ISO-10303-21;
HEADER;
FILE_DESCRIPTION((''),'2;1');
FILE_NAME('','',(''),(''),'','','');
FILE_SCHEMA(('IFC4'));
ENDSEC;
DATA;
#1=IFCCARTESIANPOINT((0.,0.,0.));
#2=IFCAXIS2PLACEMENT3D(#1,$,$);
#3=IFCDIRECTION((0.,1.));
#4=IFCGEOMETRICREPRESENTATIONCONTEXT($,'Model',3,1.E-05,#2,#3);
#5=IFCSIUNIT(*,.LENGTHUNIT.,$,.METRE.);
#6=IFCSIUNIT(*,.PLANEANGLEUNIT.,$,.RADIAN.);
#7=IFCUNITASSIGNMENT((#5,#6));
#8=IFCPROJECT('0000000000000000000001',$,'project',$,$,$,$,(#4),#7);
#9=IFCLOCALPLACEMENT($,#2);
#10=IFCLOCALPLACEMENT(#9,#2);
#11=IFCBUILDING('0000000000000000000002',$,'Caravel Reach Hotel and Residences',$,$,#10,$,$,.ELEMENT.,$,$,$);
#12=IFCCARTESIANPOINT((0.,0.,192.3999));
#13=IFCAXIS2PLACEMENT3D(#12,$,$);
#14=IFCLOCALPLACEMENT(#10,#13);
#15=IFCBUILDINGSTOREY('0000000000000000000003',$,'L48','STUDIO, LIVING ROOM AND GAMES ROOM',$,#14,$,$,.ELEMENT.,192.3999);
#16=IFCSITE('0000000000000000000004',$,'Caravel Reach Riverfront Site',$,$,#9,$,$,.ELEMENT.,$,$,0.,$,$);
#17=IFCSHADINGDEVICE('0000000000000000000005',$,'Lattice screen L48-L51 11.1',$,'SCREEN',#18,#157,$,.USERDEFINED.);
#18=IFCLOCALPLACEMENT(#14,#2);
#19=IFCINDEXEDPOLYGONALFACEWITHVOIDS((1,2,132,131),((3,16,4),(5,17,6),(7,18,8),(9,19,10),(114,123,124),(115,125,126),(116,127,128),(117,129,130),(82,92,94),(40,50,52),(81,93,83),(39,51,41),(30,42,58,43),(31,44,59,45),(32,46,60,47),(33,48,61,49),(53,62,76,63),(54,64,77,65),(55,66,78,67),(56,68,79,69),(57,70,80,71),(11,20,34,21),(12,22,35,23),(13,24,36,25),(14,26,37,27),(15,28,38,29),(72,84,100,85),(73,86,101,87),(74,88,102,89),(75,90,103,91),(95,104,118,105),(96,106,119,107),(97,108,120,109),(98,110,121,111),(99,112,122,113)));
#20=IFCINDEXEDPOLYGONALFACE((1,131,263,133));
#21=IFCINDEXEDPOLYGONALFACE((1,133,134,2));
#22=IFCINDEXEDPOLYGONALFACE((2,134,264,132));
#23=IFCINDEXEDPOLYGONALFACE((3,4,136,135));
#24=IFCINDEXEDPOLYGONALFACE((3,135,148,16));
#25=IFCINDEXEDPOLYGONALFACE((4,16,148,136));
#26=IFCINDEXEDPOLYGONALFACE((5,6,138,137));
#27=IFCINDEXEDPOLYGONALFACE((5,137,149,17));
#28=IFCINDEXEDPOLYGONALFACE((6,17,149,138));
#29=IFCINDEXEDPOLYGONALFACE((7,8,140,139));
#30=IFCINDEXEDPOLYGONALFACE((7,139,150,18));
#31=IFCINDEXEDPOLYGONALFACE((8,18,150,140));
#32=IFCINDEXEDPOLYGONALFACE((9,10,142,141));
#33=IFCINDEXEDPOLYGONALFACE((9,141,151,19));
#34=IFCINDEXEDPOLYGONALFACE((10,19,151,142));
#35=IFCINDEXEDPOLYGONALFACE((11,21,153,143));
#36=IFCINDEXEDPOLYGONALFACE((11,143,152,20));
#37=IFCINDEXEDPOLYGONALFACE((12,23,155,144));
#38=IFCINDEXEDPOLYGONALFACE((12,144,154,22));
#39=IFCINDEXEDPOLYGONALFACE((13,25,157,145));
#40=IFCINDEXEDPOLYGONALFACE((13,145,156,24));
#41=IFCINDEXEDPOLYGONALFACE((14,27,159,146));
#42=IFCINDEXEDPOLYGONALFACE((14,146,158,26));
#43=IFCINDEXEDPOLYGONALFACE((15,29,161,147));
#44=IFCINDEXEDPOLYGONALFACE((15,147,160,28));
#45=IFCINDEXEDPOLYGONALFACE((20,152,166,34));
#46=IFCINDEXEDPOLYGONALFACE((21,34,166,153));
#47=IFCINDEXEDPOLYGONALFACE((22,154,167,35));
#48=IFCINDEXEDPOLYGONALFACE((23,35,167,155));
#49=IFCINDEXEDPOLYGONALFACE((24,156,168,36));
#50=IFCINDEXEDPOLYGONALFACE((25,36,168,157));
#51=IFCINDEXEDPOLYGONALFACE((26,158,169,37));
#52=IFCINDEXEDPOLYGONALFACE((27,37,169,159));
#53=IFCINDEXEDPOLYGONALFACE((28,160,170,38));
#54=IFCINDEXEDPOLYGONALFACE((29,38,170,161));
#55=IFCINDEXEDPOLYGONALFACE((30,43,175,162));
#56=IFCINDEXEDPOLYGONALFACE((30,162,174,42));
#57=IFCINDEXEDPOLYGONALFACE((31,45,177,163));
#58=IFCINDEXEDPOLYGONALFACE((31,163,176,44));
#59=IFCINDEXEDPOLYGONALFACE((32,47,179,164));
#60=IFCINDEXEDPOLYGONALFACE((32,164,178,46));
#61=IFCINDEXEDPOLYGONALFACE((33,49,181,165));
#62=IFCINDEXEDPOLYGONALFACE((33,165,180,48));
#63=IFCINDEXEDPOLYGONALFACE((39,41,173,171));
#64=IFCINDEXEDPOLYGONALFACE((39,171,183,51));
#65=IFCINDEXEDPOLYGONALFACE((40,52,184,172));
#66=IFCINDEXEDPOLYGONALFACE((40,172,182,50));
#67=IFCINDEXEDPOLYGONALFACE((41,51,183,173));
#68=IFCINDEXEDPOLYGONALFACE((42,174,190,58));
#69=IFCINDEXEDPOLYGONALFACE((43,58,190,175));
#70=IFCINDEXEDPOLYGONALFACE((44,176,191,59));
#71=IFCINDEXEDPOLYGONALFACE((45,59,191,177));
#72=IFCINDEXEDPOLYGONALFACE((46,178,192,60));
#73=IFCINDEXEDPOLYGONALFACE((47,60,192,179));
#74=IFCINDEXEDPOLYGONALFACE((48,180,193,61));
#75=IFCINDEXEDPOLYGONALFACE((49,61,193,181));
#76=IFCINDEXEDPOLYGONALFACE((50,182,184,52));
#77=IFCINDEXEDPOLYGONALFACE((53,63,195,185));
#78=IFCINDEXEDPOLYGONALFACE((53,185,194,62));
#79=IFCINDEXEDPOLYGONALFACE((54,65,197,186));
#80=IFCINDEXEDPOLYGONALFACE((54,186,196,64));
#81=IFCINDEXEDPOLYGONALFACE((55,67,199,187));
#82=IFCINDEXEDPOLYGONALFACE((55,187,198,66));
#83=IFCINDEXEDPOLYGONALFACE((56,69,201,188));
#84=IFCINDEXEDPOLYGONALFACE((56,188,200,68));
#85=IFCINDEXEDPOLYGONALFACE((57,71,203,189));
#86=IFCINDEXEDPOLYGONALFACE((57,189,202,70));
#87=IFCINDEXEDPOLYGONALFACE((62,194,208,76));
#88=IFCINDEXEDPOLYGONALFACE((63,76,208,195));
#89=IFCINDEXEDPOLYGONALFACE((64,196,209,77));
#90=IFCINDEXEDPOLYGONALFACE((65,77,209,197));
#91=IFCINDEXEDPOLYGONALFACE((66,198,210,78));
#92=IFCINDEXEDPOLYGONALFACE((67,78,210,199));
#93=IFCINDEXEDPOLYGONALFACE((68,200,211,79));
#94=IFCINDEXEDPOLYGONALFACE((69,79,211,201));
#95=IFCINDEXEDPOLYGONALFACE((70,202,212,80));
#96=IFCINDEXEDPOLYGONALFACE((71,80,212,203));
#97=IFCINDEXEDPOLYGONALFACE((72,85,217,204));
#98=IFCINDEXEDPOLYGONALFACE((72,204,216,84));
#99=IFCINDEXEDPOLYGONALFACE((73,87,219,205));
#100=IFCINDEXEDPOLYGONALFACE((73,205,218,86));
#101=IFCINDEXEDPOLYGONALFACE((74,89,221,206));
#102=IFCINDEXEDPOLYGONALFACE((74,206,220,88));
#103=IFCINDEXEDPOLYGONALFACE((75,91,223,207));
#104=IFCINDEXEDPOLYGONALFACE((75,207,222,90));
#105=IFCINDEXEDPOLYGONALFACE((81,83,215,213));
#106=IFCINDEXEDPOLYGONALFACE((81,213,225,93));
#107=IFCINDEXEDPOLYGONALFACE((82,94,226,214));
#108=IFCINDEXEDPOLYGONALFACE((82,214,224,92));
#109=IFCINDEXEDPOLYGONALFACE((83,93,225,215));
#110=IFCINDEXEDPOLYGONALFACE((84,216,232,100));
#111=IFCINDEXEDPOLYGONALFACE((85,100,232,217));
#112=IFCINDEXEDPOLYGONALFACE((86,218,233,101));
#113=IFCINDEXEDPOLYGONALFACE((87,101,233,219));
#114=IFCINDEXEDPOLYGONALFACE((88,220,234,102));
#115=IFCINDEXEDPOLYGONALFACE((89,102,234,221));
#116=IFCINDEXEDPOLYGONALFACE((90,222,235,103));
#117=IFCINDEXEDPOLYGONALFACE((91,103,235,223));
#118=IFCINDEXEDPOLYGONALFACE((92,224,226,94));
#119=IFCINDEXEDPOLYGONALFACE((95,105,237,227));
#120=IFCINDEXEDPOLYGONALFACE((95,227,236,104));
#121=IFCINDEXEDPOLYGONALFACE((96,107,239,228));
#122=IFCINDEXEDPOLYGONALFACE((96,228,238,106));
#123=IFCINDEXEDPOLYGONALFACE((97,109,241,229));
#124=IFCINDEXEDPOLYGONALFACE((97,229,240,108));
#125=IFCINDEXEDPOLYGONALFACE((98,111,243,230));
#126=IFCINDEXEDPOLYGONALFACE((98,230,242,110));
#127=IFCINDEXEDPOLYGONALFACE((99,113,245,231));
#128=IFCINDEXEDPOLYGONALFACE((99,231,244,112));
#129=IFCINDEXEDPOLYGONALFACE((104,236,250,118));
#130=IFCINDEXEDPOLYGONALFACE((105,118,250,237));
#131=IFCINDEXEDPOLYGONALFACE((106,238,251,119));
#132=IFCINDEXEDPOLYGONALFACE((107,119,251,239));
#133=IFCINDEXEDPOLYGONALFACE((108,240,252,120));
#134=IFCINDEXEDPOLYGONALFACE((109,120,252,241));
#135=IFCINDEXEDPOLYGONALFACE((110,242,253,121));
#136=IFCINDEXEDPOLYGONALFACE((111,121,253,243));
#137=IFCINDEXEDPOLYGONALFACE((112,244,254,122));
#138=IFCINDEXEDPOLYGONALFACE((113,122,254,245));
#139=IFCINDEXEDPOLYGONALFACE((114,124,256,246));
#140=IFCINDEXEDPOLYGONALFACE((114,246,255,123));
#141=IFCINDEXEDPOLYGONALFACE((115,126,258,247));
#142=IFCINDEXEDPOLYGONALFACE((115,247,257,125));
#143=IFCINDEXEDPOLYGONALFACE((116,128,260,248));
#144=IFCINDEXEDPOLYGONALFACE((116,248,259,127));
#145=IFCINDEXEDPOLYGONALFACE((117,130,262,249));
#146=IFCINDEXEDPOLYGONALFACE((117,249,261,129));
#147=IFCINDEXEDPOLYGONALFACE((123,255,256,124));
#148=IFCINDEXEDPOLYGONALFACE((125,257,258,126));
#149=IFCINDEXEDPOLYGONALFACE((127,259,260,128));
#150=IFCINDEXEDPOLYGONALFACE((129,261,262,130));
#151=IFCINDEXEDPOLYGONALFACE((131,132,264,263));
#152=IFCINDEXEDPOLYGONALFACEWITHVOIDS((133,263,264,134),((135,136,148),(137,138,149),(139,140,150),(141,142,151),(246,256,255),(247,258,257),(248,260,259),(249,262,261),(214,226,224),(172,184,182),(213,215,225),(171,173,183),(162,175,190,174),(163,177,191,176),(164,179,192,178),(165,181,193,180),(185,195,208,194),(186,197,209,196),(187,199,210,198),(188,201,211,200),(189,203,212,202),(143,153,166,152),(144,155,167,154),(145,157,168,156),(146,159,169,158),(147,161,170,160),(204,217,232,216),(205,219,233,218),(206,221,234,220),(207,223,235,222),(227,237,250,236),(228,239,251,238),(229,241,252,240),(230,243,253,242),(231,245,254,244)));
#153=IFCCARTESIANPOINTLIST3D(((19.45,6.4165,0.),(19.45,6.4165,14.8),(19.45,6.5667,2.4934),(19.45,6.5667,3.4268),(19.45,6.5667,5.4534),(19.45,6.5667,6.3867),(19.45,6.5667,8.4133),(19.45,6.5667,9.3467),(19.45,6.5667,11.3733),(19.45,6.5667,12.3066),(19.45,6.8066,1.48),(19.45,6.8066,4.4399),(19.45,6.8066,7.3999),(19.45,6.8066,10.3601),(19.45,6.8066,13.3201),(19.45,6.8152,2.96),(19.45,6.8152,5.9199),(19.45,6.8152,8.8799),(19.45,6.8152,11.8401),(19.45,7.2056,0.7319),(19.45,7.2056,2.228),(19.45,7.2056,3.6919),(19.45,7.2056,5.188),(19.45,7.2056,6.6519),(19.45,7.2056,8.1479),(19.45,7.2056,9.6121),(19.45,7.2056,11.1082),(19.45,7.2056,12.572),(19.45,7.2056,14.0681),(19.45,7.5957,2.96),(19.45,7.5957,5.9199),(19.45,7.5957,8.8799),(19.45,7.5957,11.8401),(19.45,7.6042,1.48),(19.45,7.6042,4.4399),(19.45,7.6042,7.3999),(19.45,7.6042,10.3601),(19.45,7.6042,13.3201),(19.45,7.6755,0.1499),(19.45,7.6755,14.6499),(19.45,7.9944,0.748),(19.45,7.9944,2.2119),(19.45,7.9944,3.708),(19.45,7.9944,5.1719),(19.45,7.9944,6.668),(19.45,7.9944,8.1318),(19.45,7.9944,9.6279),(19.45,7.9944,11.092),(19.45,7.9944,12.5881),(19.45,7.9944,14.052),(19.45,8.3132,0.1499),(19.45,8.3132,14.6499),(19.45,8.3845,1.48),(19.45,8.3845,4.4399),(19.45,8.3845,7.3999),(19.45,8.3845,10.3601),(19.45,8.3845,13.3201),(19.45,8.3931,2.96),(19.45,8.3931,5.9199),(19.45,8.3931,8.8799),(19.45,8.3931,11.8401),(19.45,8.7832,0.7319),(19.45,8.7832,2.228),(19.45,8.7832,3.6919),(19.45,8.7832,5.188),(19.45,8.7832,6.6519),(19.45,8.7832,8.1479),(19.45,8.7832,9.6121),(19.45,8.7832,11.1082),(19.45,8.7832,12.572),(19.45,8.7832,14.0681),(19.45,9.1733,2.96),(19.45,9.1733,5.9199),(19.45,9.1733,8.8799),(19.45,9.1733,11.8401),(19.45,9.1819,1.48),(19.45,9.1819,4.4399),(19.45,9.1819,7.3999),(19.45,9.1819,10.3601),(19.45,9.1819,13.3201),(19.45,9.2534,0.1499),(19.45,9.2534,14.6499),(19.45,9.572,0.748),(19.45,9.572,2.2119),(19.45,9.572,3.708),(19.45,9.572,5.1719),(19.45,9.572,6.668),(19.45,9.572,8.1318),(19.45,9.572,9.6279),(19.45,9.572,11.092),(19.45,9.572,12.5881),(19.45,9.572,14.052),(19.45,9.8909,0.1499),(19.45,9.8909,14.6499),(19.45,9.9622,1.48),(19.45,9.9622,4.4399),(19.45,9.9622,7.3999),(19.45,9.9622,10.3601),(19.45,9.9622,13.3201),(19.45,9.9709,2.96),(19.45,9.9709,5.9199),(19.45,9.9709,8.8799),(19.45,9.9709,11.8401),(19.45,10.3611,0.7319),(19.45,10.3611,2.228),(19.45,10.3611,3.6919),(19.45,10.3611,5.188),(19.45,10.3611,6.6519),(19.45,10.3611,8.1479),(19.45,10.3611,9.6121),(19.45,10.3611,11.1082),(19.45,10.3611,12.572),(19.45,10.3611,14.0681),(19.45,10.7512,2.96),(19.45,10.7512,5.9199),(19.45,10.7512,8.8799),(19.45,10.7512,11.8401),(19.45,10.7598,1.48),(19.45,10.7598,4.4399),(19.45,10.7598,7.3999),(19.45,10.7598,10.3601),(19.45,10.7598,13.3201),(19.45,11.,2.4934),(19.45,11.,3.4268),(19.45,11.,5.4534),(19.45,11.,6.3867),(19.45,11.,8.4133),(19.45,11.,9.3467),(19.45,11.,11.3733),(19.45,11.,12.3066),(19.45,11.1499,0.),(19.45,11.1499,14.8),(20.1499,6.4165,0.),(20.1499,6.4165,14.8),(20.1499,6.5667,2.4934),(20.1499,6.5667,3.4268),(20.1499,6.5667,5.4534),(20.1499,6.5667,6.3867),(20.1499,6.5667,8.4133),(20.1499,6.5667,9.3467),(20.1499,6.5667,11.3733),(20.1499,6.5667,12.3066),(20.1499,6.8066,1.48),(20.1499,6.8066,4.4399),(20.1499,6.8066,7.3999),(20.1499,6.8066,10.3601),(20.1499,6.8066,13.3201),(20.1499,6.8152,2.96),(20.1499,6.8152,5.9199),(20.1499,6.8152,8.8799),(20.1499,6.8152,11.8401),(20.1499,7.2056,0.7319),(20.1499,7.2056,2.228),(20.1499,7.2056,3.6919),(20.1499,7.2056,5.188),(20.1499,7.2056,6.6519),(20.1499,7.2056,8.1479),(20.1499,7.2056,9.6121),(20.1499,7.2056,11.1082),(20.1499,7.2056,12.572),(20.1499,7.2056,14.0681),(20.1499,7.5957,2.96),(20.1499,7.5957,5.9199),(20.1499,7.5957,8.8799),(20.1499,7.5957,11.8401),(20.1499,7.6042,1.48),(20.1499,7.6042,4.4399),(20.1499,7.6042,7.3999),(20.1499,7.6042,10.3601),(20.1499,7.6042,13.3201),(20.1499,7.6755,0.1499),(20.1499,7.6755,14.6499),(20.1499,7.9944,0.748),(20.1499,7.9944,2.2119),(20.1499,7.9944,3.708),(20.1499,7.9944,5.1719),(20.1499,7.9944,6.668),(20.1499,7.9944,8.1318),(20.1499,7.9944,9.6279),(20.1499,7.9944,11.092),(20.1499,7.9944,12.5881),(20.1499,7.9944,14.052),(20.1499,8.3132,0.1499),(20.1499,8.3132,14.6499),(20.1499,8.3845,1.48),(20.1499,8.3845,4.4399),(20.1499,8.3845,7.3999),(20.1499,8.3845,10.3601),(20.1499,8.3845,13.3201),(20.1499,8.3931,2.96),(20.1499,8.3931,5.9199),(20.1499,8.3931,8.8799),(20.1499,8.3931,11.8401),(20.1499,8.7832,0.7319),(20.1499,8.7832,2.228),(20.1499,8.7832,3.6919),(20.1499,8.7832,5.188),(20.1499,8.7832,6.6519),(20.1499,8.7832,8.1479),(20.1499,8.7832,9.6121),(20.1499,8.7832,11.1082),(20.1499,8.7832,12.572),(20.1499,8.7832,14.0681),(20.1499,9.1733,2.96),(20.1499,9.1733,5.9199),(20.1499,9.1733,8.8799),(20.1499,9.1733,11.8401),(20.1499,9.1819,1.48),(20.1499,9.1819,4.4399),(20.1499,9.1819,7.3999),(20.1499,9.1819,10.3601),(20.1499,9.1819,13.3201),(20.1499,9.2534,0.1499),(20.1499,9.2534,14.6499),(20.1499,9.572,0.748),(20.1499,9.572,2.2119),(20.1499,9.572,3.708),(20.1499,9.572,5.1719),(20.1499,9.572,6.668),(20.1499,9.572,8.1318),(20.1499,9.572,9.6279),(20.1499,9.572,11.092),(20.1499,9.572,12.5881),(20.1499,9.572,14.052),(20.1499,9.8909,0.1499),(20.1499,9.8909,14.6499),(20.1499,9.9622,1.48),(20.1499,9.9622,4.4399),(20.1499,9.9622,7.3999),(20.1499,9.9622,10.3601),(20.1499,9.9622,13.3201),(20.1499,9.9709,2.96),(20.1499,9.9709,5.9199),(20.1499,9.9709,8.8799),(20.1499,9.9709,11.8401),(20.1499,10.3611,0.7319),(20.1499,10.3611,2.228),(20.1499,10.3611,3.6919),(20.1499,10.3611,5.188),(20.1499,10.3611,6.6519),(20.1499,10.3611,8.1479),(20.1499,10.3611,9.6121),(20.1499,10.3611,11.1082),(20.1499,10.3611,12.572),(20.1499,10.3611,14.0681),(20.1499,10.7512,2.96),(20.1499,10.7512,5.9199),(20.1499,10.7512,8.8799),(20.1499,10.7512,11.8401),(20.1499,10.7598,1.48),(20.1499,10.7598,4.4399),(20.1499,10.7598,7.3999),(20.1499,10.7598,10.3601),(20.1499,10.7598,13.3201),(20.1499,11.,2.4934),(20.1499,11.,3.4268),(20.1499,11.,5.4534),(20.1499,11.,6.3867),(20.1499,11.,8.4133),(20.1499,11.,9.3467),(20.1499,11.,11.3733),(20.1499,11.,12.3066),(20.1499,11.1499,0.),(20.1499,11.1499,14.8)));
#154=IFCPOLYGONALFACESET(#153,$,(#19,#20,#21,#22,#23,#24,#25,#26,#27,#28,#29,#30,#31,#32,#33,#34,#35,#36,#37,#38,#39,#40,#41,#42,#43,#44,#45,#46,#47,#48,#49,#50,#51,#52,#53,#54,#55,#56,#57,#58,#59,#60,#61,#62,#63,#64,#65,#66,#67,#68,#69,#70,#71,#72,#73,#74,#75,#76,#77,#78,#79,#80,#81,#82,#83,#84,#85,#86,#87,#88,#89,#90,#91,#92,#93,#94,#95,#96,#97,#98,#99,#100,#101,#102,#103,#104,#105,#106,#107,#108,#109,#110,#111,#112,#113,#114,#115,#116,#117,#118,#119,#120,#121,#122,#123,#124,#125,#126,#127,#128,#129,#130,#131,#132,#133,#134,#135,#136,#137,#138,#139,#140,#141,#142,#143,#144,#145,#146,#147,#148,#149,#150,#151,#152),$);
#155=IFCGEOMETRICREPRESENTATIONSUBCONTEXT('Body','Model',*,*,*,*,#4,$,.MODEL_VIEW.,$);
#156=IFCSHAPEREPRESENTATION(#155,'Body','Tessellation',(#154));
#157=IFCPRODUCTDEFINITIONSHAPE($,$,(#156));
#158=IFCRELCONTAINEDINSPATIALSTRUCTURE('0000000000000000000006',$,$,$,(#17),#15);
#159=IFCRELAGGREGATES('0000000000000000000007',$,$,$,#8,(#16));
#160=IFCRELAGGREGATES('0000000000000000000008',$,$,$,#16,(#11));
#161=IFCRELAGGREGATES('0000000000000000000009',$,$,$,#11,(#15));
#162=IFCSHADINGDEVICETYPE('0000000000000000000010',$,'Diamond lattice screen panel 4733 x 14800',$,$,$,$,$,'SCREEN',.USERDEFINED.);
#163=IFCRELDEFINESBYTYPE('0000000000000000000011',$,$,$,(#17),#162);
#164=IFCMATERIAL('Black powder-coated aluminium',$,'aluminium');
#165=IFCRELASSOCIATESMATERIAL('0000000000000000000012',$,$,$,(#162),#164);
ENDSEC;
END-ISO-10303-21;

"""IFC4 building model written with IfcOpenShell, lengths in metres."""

from ifc_helpers import new_model, si_unit, direction, frame, origin, place, context, subcontext, project, spatial, polyline, outline, extrude, material, type_object, element, save


model = new_model("IFC4")

# Units and contexts
model_context = context("Model", 3, precision=1e-05, world=origin(), true_north=direction((0.0, 1.0)))
body_context = subcontext(model_context, "Body", "Model", "MODEL_VIEW")
ifc_project = project(units=[si_unit("LENGTHUNIT", "METRE"), si_unit("PLANEANGLEUNIT", "RADIAN")], contexts=[model_context])

# Site, building, storey
site_placement = place(None, origin())
site = spatial("IfcSite", under=ifc_project, at=site_placement, Name="Caravel Reach Riverfront Site", CompositionType="ELEMENT", RefElevation=0.0)
building_placement = place(site_placement, origin())
building = spatial("IfcBuilding", under=site, at=building_placement, Name="Caravel Reach Hotel and Residences", CompositionType="ELEMENT")
storey_placement = place(building_placement, frame((0.0, 0.0, 192.3999)))
storey = spatial("IfcBuildingStorey", under=building, at=storey_placement, Name="L48", Description="STUDIO, LIVING ROOM AND GAMES ROOM", CompositionType="ELEMENT", Elevation=192.3999)

# Shading device
ifc_material_1 = material(Name="Black powder-coated aluminium", Category="aluminium")
shading_device_type_1 = type_object("IfcShadingDeviceType", Name="Diamond lattice screen panel 4733 x 14800", ElementType="SCREEN", PredefinedType="USERDEFINED", material=ifc_material_1)
shading_device_1_placement = place(storey_placement, frame((20.1499, 11.1499, 0.0), z_axis=(-1.0, 0.0, 0.0), x_axis=(0.0, -1.0, 0.0)))
element("IfcShadingDevice", 1, at=shading_device_1_placement, inside=storey, type_object=shading_device_type_1, Name="Lattice screen L48-L51 11.1", ObjectType="SCREEN", PredefinedType="USERDEFINED", context=body_context, shape_type="SweptSolid", body=[
    extrude(outline(polyline([(0.0, 0.0), (4.7334, 0.0), (4.7334, 14.8), (0.0, 14.8), (0.0, 0.0)]), holes=[polyline([(0.3987, 2.96), (0.1499, 3.4268), (0.1499, 2.4934), (0.3987, 2.96)]), polyline([(0.3987, 5.9199), (0.1499, 6.3867), (0.1499, 5.4534), (0.3987, 5.9199)]), polyline([(0.3987, 8.8799), (0.1499, 9.3467), (0.1499, 8.4133), (0.3987, 8.8799)]), polyline([(0.3987, 11.8401), (0.1499, 12.3066), (0.1499, 11.3733), (0.3987, 11.8401)]), polyline([(0.7888, 2.228), (0.3901, 1.48), (0.7888, 0.7319), (1.1877, 1.48), (0.7888, 2.228)]), polyline([(0.7888, 5.188), (0.3901, 4.4399), (0.7888, 3.6919), (1.1877, 4.4399), (0.7888, 5.188)]), polyline([(0.7888, 8.1479), (0.3901, 7.3999), (0.7888, 6.6519), (1.1877, 7.3999), (0.7888, 8.1479)]), polyline([(0.7888, 11.1082), (0.3901, 10.3601), (0.7888, 9.6121), (1.1877, 10.3601), (0.7888, 11.1082)]), polyline([(0.7888, 14.0681), (0.3901, 13.3201), (0.7888, 12.572), (1.1877, 13.3201), (0.7888, 14.0681)]), polyline([(1.5779, 0.748), (1.259, 0.1499), (1.8965, 0.1499), (1.5779, 0.748)]), polyline([(1.5779, 3.708), (1.179, 2.96), (1.5779, 2.2119), (1.9766, 2.96), (1.5779, 3.708)]), polyline([(1.5779, 6.668), (1.179, 5.9199), (1.5779, 5.1719), (1.9766, 5.9199), (1.5779, 6.668)]), polyline([(1.5779, 9.6279), (1.179, 8.8799), (1.5779, 8.1318), (1.9766, 8.8799), (1.5779, 9.6279)]), polyline([(1.5779, 12.5881), (1.179, 11.8401), (1.5779, 11.092), (1.9766, 11.8401), (1.5779, 12.5881)]), polyline([(1.5779, 14.052), (1.8965, 14.6499), (1.259, 14.6499), (1.5779, 14.052)]), polyline([(2.3667, 2.228), (1.968, 1.48), (2.3667, 0.7319), (2.7654, 1.48), (2.3667, 2.228)]), polyline([(2.3667, 5.188), (1.968, 4.4399), (2.3667, 3.6919), (2.7654, 4.4399), (2.3667, 5.188)]), polyline([(2.3667, 8.1479), (1.968, 7.3999), (2.3667, 6.6519), (2.7654, 7.3999), (2.3667, 8.1479)]), polyline([(2.3667, 11.1082), (1.968, 10.3601), (2.3667, 9.6121), (2.7654, 10.3601), (2.3667, 11.1082)]), polyline([(2.3667, 14.0681), (1.968, 13.3201), (2.3667, 12.572), (2.7654, 13.3201), (2.3667, 14.0681)]), polyline([(3.1555, 0.748), (2.8367, 0.1499), (3.4744, 0.1499), (3.1555, 0.748)]), polyline([(3.1555, 3.708), (2.7568, 2.96), (3.1555, 2.2119), (3.5542, 2.96), (3.1555, 3.708)]), polyline([(3.1555, 6.668), (2.7568, 5.9199), (3.1555, 5.1719), (3.5542, 5.9199), (3.1555, 6.668)]), polyline([(3.1555, 9.6279), (2.7568, 8.8799), (3.1555, 8.1318), (3.5542, 8.8799), (3.1555, 9.6279)]), polyline([(3.1555, 12.5881), (2.7568, 11.8401), (3.1555, 11.092), (3.5542, 11.8401), (3.1555, 12.5881)]), polyline([(3.1555, 14.052), (3.4744, 14.6499), (2.8367, 14.6499), (3.1555, 14.052)]), polyline([(3.9443, 2.228), (3.5457, 1.48), (3.9443, 0.7319), (4.3433, 1.48), (3.9443, 2.228)]), polyline([(3.9443, 5.188), (3.5457, 4.4399), (3.9443, 3.6919), (4.3433, 4.4399), (3.9443, 5.188)]), polyline([(3.9443, 8.1479), (3.5457, 7.3999), (3.9443, 6.6519), (4.3433, 7.3999), (3.9443, 8.1479)]), polyline([(3.9443, 11.1082), (3.5457, 10.3601), (3.9443, 9.6121), (4.3433, 10.3601), (3.9443, 11.1082)]), polyline([(3.9443, 14.0681), (3.5457, 13.3201), (3.9443, 12.572), (4.3433, 13.3201), (3.9443, 14.0681)]), polyline([(4.3347, 2.96), (4.5833, 2.4934), (4.5833, 3.4268), (4.3347, 2.96)]), polyline([(4.3347, 5.9199), (4.5833, 5.4534), (4.5833, 6.3867), (4.3347, 5.9199)]), polyline([(4.3347, 8.8799), (4.5833, 8.4133), (4.5833, 9.3467), (4.3347, 8.8799)]), polyline([(4.3347, 11.8401), (4.5833, 11.3733), (4.5833, 12.3066), (4.3347, 11.8401)])]), origin(), (0.0, 0.0, 1.0), 0.7),
])

save(model, "model.ifc")
